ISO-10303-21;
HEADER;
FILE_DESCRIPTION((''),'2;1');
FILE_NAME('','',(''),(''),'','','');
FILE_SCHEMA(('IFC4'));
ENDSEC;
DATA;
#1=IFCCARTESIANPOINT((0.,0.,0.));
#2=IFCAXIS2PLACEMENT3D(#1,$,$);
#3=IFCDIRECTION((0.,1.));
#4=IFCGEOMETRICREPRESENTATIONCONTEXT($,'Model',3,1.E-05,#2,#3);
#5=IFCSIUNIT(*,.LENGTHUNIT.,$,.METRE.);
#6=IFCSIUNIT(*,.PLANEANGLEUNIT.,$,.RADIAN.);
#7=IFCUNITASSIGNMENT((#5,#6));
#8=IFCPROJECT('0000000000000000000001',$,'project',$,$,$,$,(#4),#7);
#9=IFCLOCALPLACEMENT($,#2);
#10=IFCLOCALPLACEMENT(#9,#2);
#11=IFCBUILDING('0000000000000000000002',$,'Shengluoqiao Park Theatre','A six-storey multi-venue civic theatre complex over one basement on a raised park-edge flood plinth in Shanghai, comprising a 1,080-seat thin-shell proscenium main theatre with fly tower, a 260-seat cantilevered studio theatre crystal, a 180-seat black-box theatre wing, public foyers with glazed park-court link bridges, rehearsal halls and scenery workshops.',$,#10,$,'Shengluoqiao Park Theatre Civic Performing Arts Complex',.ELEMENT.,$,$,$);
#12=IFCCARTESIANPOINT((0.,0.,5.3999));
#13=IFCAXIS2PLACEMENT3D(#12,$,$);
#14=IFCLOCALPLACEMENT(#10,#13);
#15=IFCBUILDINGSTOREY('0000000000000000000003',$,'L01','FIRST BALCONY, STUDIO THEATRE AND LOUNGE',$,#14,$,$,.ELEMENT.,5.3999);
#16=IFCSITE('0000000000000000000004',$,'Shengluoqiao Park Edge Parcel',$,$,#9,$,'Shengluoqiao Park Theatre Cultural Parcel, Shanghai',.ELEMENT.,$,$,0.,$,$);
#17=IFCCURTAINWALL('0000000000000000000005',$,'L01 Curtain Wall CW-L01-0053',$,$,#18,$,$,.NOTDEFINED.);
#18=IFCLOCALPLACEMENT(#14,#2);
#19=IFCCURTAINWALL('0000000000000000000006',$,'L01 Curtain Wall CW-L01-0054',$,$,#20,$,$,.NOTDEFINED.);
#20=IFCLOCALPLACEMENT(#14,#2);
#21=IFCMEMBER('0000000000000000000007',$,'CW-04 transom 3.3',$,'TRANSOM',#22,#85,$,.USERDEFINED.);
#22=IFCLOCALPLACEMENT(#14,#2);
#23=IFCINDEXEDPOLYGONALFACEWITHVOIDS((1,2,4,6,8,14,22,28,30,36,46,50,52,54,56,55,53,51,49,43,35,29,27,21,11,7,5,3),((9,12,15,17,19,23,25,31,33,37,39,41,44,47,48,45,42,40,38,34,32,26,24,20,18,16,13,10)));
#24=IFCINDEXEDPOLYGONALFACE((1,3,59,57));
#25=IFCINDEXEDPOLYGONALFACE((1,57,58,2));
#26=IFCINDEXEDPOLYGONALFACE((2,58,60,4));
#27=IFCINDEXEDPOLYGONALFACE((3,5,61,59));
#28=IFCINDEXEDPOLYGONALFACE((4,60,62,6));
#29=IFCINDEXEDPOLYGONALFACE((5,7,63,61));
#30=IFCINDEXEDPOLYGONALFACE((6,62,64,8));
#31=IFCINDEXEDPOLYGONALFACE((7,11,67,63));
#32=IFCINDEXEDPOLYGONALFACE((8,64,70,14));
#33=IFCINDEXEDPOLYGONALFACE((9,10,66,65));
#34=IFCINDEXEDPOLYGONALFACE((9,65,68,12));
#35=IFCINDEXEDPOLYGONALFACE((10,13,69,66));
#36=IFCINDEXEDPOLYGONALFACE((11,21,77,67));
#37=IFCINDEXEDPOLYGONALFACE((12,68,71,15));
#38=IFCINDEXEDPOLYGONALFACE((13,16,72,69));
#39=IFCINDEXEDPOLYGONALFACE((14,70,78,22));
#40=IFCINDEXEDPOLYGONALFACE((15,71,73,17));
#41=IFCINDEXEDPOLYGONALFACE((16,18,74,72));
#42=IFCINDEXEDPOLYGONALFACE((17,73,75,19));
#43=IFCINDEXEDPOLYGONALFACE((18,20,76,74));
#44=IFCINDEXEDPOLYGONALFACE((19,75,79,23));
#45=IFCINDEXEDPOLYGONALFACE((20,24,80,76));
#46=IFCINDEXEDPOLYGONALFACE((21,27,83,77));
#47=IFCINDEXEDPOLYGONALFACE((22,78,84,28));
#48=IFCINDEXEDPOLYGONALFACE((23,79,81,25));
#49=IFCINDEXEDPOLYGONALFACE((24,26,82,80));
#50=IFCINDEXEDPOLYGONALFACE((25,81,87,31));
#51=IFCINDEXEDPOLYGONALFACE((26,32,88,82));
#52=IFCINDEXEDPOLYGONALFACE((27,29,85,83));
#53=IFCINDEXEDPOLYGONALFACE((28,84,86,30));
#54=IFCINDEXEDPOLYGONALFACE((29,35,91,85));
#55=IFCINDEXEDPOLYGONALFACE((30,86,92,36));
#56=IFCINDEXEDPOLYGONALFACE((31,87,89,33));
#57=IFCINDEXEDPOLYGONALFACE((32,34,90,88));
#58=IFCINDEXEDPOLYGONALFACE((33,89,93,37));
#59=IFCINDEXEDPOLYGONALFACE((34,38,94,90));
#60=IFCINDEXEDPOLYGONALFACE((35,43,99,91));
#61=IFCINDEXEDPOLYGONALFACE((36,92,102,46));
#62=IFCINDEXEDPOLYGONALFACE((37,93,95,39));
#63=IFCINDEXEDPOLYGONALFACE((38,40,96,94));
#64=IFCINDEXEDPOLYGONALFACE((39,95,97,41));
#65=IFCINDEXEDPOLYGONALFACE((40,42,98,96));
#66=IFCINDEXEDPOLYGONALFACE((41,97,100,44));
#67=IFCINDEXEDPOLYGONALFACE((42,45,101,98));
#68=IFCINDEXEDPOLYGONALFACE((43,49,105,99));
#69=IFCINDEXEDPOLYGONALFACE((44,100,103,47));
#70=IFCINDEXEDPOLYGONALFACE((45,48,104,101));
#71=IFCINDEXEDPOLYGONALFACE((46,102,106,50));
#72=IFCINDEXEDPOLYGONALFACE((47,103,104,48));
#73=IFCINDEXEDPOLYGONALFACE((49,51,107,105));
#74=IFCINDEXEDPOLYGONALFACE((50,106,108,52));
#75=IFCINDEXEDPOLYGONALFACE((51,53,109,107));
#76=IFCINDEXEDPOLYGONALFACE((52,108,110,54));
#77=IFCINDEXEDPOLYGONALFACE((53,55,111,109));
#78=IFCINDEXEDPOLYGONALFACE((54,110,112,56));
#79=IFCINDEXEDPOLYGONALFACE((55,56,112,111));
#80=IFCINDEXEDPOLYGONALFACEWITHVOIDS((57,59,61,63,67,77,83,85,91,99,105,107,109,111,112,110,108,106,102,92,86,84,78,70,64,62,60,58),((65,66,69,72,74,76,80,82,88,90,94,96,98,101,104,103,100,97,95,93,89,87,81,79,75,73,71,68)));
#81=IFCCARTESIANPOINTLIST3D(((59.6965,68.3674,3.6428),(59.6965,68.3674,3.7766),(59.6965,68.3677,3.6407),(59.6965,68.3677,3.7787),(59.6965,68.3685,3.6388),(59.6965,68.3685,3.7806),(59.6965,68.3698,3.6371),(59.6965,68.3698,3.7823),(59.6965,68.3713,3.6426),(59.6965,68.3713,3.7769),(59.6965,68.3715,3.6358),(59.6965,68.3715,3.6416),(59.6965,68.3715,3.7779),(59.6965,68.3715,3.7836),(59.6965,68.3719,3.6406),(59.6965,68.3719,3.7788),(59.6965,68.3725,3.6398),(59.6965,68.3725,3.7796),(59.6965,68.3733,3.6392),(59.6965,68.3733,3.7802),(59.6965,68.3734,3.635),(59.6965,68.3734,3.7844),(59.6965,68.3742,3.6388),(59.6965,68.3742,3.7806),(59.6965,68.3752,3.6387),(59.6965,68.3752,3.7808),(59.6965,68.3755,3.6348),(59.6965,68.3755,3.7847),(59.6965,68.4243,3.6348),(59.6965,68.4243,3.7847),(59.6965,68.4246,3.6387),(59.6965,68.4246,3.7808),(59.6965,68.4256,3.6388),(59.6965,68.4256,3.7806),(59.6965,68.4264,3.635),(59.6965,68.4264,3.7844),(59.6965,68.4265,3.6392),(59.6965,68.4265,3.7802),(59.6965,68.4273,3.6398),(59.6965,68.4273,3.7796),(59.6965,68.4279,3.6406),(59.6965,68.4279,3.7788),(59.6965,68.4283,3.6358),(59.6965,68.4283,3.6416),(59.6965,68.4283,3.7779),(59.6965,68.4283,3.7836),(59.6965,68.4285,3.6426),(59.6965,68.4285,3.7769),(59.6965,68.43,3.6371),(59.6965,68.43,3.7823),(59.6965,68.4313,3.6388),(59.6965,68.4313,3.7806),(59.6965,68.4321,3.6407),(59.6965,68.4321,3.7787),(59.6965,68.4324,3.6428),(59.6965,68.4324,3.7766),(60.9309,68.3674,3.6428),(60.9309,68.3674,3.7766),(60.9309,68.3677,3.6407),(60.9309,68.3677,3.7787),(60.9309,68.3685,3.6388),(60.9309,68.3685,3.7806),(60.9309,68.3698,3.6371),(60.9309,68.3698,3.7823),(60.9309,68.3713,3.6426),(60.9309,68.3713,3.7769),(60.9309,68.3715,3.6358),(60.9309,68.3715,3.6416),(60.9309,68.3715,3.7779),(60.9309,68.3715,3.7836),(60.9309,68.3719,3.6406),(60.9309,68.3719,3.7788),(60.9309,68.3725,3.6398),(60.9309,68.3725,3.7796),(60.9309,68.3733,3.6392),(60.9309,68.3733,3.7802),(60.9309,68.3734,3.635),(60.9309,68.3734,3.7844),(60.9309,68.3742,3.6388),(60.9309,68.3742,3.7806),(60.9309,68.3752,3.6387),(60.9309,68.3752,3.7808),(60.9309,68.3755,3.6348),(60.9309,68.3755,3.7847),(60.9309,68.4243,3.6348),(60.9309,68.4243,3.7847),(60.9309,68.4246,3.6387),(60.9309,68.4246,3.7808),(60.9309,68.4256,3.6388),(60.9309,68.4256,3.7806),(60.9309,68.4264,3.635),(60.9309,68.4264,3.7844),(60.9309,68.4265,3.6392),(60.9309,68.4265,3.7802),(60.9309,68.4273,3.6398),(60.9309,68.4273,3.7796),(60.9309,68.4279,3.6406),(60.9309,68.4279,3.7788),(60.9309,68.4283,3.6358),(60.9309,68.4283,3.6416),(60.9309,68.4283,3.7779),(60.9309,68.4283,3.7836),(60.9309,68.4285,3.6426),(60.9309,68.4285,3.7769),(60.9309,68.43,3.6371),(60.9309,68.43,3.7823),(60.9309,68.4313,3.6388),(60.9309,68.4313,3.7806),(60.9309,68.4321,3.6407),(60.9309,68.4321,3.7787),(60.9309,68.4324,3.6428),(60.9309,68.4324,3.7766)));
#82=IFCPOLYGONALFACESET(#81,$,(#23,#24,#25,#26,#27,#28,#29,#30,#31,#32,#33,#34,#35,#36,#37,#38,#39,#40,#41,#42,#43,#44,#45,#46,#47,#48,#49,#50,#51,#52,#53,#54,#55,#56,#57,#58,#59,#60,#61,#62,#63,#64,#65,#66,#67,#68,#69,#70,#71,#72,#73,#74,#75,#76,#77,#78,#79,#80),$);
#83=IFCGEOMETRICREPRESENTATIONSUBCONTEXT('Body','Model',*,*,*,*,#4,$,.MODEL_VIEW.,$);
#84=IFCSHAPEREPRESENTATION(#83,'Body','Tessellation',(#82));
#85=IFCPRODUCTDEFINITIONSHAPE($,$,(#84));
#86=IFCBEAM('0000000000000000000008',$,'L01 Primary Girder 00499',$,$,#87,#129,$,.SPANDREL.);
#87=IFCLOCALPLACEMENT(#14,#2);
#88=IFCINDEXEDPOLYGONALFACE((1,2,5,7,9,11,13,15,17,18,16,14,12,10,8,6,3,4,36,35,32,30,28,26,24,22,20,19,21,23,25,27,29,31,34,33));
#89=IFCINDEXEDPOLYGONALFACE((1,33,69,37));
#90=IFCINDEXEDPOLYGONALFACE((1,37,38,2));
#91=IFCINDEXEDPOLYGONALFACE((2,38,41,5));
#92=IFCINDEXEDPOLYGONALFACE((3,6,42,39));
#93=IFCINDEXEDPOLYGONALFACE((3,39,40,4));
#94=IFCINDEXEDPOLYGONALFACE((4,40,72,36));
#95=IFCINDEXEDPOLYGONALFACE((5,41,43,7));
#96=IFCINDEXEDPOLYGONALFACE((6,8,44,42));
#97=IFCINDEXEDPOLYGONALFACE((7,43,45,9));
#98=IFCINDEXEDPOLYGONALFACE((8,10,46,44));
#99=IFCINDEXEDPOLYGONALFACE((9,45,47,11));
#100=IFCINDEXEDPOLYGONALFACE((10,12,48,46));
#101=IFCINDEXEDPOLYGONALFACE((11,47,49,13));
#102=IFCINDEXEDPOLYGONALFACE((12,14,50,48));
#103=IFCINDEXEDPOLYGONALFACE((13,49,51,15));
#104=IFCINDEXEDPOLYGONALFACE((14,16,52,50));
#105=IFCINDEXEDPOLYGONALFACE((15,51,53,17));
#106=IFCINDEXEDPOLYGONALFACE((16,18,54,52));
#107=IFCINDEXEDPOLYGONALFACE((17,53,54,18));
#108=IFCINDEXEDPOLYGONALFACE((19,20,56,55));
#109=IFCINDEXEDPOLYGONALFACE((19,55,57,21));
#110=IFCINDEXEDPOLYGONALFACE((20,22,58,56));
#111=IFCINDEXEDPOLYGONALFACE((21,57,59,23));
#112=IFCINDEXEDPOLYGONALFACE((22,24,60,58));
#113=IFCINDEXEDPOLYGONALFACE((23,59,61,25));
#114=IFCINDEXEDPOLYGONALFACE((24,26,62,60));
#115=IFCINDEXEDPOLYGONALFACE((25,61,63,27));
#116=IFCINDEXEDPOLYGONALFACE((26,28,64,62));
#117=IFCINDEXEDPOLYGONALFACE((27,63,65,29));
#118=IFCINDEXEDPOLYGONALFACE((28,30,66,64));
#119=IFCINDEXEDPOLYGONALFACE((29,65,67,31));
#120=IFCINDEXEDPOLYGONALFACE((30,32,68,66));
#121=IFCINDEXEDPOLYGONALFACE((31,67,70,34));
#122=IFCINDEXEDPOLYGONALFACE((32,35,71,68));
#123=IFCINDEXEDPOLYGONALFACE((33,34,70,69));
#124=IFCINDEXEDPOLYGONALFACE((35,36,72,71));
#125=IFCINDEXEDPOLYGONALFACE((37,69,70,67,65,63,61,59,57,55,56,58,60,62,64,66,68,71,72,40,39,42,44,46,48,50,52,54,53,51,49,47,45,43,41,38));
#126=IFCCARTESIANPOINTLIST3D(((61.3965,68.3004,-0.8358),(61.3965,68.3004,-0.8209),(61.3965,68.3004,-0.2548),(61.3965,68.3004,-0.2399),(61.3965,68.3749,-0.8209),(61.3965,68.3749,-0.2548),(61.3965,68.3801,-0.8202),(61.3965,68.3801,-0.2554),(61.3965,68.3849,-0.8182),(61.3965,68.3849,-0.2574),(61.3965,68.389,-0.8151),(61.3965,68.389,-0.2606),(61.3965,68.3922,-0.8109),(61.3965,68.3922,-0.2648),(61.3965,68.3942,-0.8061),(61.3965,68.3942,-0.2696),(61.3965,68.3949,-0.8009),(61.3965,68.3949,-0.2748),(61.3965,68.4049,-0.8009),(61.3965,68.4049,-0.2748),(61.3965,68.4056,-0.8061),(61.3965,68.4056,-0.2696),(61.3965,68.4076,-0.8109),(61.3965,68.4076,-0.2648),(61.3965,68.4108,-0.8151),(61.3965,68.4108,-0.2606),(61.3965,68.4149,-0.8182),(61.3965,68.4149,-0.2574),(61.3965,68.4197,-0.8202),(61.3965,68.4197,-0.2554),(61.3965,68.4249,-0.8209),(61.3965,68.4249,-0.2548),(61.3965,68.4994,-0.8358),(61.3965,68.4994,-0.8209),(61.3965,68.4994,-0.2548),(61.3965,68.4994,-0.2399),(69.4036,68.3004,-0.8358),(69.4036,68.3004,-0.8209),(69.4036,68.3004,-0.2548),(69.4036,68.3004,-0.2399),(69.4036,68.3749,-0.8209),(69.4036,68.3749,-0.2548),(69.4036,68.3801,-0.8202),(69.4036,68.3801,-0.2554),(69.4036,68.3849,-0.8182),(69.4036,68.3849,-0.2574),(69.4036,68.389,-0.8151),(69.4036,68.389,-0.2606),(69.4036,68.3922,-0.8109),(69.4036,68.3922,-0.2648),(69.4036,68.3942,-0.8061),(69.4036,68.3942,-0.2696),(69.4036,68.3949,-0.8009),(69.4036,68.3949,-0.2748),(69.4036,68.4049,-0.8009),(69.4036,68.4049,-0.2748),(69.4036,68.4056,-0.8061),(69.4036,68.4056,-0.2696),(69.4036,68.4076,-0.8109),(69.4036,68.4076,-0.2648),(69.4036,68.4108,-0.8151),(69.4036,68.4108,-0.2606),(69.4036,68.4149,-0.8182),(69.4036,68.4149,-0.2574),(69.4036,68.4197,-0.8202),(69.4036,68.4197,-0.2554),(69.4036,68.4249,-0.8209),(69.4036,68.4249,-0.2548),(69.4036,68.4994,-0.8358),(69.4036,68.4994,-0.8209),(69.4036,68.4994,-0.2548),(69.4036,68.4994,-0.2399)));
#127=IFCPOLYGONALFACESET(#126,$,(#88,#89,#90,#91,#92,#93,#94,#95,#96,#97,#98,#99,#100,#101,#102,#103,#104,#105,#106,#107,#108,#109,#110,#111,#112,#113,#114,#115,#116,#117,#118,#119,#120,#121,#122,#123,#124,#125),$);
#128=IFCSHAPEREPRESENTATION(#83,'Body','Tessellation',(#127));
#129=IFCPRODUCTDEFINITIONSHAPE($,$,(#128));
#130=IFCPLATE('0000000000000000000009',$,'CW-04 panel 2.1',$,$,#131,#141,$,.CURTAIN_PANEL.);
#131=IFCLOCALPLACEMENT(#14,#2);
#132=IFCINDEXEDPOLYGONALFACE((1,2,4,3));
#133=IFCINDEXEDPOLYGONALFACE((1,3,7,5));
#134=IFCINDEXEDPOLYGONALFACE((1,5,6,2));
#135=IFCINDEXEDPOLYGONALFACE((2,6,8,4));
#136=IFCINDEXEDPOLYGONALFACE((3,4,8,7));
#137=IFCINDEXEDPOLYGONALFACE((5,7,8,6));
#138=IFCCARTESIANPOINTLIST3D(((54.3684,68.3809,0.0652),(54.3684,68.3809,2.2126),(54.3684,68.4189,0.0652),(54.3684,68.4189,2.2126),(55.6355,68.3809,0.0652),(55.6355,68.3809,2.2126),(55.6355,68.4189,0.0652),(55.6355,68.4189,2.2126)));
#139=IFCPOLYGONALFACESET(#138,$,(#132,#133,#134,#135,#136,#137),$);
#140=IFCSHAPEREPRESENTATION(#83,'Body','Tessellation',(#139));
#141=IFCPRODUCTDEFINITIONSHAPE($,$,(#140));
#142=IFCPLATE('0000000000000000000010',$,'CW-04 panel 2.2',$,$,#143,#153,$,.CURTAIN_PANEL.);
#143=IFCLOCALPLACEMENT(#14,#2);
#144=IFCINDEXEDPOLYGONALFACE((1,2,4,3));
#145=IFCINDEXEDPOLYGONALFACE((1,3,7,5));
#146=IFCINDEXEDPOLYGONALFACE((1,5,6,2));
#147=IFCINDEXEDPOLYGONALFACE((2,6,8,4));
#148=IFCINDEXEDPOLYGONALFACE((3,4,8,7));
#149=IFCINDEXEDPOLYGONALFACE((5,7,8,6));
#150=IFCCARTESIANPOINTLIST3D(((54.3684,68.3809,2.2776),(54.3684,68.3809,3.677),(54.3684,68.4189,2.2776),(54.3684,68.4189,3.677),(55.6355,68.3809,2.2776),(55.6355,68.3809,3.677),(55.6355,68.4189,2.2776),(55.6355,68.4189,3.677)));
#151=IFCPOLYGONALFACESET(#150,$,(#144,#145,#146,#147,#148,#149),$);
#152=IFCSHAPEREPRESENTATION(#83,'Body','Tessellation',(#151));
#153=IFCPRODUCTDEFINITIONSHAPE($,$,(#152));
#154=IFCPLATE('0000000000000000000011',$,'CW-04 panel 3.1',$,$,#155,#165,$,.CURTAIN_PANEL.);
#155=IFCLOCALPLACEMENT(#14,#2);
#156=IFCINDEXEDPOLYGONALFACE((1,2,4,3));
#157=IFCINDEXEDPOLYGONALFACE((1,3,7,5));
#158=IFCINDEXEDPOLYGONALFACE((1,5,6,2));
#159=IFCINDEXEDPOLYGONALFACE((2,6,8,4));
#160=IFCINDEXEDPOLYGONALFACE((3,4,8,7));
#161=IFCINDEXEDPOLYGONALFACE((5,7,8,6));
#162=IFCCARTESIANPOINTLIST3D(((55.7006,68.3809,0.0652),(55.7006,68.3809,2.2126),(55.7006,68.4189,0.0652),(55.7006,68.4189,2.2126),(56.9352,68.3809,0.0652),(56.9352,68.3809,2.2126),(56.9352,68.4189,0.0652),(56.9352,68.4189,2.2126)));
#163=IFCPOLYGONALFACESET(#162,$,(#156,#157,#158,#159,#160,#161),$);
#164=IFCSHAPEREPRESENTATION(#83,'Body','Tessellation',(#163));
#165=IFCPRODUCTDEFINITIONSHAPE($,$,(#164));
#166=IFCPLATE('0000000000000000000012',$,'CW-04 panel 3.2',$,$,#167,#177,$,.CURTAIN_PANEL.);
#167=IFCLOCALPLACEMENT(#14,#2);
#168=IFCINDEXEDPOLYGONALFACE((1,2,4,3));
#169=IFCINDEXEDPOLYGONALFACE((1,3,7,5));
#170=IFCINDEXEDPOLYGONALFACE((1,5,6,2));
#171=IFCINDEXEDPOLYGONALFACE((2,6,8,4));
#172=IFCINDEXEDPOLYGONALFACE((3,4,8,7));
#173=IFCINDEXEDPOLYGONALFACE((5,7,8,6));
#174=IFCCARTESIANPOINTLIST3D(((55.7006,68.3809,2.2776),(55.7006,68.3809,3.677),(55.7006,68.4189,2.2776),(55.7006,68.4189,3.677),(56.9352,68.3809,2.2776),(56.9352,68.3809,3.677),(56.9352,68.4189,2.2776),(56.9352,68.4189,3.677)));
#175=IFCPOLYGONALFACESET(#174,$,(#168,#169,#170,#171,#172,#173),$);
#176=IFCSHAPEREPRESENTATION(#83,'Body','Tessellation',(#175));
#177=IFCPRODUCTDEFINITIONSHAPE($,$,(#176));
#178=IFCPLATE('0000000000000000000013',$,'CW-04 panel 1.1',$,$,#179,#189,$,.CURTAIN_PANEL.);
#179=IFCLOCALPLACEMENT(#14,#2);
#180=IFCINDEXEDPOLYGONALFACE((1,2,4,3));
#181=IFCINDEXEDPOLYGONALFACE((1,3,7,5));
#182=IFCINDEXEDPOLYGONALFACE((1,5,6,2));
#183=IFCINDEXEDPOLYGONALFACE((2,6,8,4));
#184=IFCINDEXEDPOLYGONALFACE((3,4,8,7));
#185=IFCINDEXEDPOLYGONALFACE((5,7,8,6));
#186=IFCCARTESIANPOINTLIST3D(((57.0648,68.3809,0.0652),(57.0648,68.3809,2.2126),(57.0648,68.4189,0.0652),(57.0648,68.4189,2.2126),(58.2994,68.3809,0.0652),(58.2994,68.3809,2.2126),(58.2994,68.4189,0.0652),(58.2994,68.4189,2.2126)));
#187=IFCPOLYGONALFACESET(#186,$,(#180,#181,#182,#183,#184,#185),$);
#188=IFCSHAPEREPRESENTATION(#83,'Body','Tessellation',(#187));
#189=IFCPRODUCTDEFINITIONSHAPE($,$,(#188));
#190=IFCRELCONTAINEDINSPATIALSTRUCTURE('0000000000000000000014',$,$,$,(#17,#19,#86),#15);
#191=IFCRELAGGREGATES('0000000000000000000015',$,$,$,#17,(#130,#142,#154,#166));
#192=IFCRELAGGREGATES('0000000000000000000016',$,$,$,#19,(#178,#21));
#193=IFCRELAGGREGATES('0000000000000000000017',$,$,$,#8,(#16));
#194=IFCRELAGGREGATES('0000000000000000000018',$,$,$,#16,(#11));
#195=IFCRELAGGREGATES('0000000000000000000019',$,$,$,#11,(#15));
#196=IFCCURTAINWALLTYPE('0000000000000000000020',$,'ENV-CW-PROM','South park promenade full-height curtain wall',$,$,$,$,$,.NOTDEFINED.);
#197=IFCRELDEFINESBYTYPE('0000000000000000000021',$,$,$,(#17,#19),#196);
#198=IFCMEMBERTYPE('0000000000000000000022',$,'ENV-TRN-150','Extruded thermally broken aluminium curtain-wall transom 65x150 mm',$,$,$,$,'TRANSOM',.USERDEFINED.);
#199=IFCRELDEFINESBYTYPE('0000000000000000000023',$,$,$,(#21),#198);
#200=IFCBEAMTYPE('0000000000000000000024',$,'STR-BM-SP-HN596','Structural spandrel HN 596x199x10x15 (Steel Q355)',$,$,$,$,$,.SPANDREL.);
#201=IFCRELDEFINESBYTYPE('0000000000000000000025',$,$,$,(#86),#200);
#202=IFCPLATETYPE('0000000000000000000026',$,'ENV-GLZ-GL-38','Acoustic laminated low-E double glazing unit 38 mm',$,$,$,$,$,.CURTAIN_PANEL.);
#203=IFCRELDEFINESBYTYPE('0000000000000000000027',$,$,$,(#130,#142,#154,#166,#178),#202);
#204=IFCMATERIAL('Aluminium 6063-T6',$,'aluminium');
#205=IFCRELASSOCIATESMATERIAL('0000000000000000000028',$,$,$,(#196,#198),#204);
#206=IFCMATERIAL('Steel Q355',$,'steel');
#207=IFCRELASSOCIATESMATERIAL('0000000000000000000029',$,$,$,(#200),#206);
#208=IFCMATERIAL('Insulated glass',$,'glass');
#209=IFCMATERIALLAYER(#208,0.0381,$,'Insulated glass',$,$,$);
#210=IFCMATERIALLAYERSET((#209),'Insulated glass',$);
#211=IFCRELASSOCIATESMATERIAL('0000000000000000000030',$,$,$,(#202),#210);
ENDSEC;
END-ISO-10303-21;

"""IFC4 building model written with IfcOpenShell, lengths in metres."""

from ifc_helpers import new_model, si_unit, direction, frame, origin, origin_2d, place, context, subcontext, project, spatial, rectangle, hollow_rectangle, i_section, extrude, material, layer, layer_set, material_profile, profile_set, type_object, element, aggregate, save


model = new_model("IFC4")

# Units and contexts
model_context = context("Model", 3, precision=1e-05, world=origin(), true_north=direction((0.0, 1.0)))
body_context = subcontext(model_context, "Body", "Model", "MODEL_VIEW")
ifc_project = project(units=[si_unit("LENGTHUNIT", "METRE"), si_unit("PLANEANGLEUNIT", "RADIAN")], contexts=[model_context])

# Site, building, storey
site_placement = place(None, origin())
site = spatial("IfcSite", under=ifc_project, at=site_placement, Name="Shengluoqiao Park Edge Parcel", LongName="Shengluoqiao Park Theatre Cultural Parcel, Shanghai", CompositionType="ELEMENT", RefElevation=0.0)
building_placement = place(site_placement, origin())
building = spatial("IfcBuilding", under=site, at=building_placement, Name="Shengluoqiao Park Theatre", Description="A six-storey multi-venue civic theatre complex over one basement on a raised park-edge flood plinth in Shanghai, comprising a 1,080-seat thin-shell proscenium main theatre with fly tower, a 260-seat cantilevered studio theatre crystal, a 180-seat black-box theatre wing, public foyers with glazed park-court link bridges, rehearsal halls and scenery workshops.", LongName="Shengluoqiao Park Theatre Civic Performing Arts Complex", CompositionType="ELEMENT")
storey_placement = place(building_placement, frame((0.0, 0.0, 5.3999)))
storey = spatial("IfcBuildingStorey", under=building, at=storey_placement, Name="L01", Description="FIRST BALCONY, STUDIO THEATRE AND LOUNGE", CompositionType="ELEMENT", Elevation=5.3999)

# Shared definitions
ifc_material_1 = material(Name="Steel Q355", Category="steel")

# Curtain walls
ifc_material_2 = material(Name="Aluminium 6063-T6", Category="aluminium")
curtain_wall_type = type_object("IfcCurtainWallType", Name="ENV-CW-PROM", Description="South park promenade full-height curtain wall", PredefinedType="NOTDEFINED", material=ifc_material_2)
curtain_wall_1_placement = place(storey_placement, origin())
curtain_wall_1 = element("IfcCurtainWall", 1, at=curtain_wall_1_placement, inside=storey, type_object=curtain_wall_type, Name="L01 Curtain Wall CW-L01-0053", PredefinedType="NOTDEFINED")
curtain_wall_2_placement = place(storey_placement, origin())
curtain_wall_2 = element("IfcCurtainWall", 2, at=curtain_wall_2_placement, inside=storey, type_object=curtain_wall_type, Name="L01 Curtain Wall CW-L01-0054", PredefinedType="NOTDEFINED")

# Member
ifc_material_profile_1 = material_profile(ifc_material_2, hollow_rectangle(XDim=0.0649, YDim=0.1499, WallThickness=0.0039, InnerFilletRadius=0.0039, OuterFilletRadius=0.0081, at=origin_2d()), Name="ALU TRANSOM 150x65x4")
ifc_profile_set_1 = profile_set([ifc_material_profile_1], Name="Aluminium 6063-T6")
member_type_1 = type_object("IfcMemberType", Name="ENV-TRN-150", Description="Extruded thermally broken aluminium curtain-wall transom 65x150 mm", ElementType="TRANSOM", PredefinedType="USERDEFINED", material=ifc_profile_set_1)
member_1_placement = place(storey_placement, frame((59.6965, 68.3999, 3.7097), z_axis=(1.0, 0.0, 0.0), x_axis=(0.0, 1.0, 0.0)))
member_1 = element("IfcMember", 3, at=member_1_placement, type_object=member_type_1, Name="CW-04 transom 3.3", ObjectType="TRANSOM", PredefinedType="USERDEFINED", context=body_context, shape_type="SweptSolid", body=[
    extrude(hollow_rectangle(XDim=0.0649, YDim=0.1499, WallThickness=0.0039, InnerFilletRadius=0.0039, OuterFilletRadius=0.0081, at=origin_2d()), origin(), (0.0, 0.0, 1.0), 1.2344),
])

# Beam
ifc_material_profile_2 = material_profile(ifc_material_1, i_section(OverallWidth=0.199, OverallDepth=0.5959, WebThickness=0.01, FlangeThickness=0.0149, FilletRadius=0.02, at=origin_2d()), Name="HN 596x199x10x15")
ifc_profile_set_2 = profile_set([ifc_material_profile_2], Name="Steel Q355")
beam_type = type_object("IfcBeamType", Name="STR-BM-SP-HN596", Description="Structural spandrel HN 596x199x10x15 (Steel Q355)", PredefinedType="SPANDREL", material=ifc_profile_set_2)
beam_placement = place(storey_placement, frame((61.3965, 68.3999, -0.5378), z_axis=(1.0, 0.0, 0.0), x_axis=(0.0, 1.0, 0.0)))
element("IfcBeam", 4, at=beam_placement, inside=storey, type_object=beam_type, Name="L01 Primary Girder 00499", PredefinedType="SPANDREL", context=body_context, shape_type="SweptSolid", body=[
    extrude(i_section(OverallWidth=0.199, OverallDepth=0.5959, WebThickness=0.01, FlangeThickness=0.0149, FilletRadius=0.02, at=origin_2d()), origin(), (0.0, 0.0, 1.0), 8.0071),
])

# Plates
ifc_material_3 = material(Name="Insulated glass", Category="glass")
ifc_layer = layer(ifc_material_3, 0.0381, Name="Insulated glass")
ifc_layer_set = layer_set([ifc_layer], Name="Insulated glass")
plate_type = type_object("IfcPlateType", Name="ENV-GLZ-GL-38", Description="Acoustic laminated low-E double glazing unit 38 mm", PredefinedType="CURTAIN_PANEL", material=ifc_layer_set)
plate_1_placement = place(storey_placement, frame((55.002, 68.3999, 0.0652), z_axis=(0.0, 0.0, 1.0), x_axis=(1.0, 0.0, 0.0)))
plate_1 = element("IfcPlate", 5, at=plate_1_placement, type_object=plate_type, Name="CW-04 panel 2.1", PredefinedType="CURTAIN_PANEL", context=body_context, shape_type="SweptSolid", body=[
    extrude(rectangle(XDim=1.2671, YDim=0.0381, at=origin_2d()), origin(), (0.0, 0.0, 1.0), 2.1475),
])
plate_2_placement = place(storey_placement, frame((55.002, 68.3999, 2.2776), z_axis=(0.0, 0.0, 1.0), x_axis=(1.0, 0.0, 0.0)))
plate_2 = element("IfcPlate", 6, at=plate_2_placement, type_object=plate_type, Name="CW-04 panel 2.2", PredefinedType="CURTAIN_PANEL", context=body_context, shape_type="SweptSolid", body=[
    extrude(rectangle(XDim=1.2671, YDim=0.0381, at=origin_2d()), origin(), (0.0, 0.0, 1.0), 1.3994),
])
plate_3_placement = place(storey_placement, frame((56.3179, 68.3999, 0.0652), z_axis=(0.0, 0.0, 1.0), x_axis=(1.0, 0.0, 0.0)))
plate_3 = element("IfcPlate", 7, at=plate_3_placement, type_object=plate_type, Name="CW-04 panel 3.1", PredefinedType="CURTAIN_PANEL", context=body_context, shape_type="SweptSolid", body=[
    extrude(rectangle(XDim=1.2346, YDim=0.0381, at=origin_2d()), origin(), (0.0, 0.0, 1.0), 2.1475),
])
plate_4_placement = place(storey_placement, frame((56.3179, 68.3999, 2.2776), z_axis=(0.0, 0.0, 1.0), x_axis=(1.0, 0.0, 0.0)))
plate_4 = element("IfcPlate", 8, at=plate_4_placement, type_object=plate_type, Name="CW-04 panel 3.2", PredefinedType="CURTAIN_PANEL", context=body_context, shape_type="SweptSolid", body=[
    extrude(rectangle(XDim=1.2346, YDim=0.0381, at=origin_2d()), origin(), (0.0, 0.0, 1.0), 1.3994),
])
aggregate(curtain_wall_1, [plate_1, plate_2, plate_3, plate_4])
plate_5_placement = place(storey_placement, frame((57.6821, 68.3999, 0.0652), z_axis=(0.0, 0.0, 1.0), x_axis=(1.0, 0.0, 0.0)))
plate_5 = element("IfcPlate", 9, at=plate_5_placement, type_object=plate_type, Name="CW-04 panel 1.1", PredefinedType="CURTAIN_PANEL", context=body_context, shape_type="SweptSolid", body=[
    extrude(rectangle(XDim=1.2346, YDim=0.0381, at=origin_2d()), origin(), (0.0, 0.0, 1.0), 2.1475),
])
aggregate(curtain_wall_2, [plate_5, member_1])

save(model, "model.ifc")
